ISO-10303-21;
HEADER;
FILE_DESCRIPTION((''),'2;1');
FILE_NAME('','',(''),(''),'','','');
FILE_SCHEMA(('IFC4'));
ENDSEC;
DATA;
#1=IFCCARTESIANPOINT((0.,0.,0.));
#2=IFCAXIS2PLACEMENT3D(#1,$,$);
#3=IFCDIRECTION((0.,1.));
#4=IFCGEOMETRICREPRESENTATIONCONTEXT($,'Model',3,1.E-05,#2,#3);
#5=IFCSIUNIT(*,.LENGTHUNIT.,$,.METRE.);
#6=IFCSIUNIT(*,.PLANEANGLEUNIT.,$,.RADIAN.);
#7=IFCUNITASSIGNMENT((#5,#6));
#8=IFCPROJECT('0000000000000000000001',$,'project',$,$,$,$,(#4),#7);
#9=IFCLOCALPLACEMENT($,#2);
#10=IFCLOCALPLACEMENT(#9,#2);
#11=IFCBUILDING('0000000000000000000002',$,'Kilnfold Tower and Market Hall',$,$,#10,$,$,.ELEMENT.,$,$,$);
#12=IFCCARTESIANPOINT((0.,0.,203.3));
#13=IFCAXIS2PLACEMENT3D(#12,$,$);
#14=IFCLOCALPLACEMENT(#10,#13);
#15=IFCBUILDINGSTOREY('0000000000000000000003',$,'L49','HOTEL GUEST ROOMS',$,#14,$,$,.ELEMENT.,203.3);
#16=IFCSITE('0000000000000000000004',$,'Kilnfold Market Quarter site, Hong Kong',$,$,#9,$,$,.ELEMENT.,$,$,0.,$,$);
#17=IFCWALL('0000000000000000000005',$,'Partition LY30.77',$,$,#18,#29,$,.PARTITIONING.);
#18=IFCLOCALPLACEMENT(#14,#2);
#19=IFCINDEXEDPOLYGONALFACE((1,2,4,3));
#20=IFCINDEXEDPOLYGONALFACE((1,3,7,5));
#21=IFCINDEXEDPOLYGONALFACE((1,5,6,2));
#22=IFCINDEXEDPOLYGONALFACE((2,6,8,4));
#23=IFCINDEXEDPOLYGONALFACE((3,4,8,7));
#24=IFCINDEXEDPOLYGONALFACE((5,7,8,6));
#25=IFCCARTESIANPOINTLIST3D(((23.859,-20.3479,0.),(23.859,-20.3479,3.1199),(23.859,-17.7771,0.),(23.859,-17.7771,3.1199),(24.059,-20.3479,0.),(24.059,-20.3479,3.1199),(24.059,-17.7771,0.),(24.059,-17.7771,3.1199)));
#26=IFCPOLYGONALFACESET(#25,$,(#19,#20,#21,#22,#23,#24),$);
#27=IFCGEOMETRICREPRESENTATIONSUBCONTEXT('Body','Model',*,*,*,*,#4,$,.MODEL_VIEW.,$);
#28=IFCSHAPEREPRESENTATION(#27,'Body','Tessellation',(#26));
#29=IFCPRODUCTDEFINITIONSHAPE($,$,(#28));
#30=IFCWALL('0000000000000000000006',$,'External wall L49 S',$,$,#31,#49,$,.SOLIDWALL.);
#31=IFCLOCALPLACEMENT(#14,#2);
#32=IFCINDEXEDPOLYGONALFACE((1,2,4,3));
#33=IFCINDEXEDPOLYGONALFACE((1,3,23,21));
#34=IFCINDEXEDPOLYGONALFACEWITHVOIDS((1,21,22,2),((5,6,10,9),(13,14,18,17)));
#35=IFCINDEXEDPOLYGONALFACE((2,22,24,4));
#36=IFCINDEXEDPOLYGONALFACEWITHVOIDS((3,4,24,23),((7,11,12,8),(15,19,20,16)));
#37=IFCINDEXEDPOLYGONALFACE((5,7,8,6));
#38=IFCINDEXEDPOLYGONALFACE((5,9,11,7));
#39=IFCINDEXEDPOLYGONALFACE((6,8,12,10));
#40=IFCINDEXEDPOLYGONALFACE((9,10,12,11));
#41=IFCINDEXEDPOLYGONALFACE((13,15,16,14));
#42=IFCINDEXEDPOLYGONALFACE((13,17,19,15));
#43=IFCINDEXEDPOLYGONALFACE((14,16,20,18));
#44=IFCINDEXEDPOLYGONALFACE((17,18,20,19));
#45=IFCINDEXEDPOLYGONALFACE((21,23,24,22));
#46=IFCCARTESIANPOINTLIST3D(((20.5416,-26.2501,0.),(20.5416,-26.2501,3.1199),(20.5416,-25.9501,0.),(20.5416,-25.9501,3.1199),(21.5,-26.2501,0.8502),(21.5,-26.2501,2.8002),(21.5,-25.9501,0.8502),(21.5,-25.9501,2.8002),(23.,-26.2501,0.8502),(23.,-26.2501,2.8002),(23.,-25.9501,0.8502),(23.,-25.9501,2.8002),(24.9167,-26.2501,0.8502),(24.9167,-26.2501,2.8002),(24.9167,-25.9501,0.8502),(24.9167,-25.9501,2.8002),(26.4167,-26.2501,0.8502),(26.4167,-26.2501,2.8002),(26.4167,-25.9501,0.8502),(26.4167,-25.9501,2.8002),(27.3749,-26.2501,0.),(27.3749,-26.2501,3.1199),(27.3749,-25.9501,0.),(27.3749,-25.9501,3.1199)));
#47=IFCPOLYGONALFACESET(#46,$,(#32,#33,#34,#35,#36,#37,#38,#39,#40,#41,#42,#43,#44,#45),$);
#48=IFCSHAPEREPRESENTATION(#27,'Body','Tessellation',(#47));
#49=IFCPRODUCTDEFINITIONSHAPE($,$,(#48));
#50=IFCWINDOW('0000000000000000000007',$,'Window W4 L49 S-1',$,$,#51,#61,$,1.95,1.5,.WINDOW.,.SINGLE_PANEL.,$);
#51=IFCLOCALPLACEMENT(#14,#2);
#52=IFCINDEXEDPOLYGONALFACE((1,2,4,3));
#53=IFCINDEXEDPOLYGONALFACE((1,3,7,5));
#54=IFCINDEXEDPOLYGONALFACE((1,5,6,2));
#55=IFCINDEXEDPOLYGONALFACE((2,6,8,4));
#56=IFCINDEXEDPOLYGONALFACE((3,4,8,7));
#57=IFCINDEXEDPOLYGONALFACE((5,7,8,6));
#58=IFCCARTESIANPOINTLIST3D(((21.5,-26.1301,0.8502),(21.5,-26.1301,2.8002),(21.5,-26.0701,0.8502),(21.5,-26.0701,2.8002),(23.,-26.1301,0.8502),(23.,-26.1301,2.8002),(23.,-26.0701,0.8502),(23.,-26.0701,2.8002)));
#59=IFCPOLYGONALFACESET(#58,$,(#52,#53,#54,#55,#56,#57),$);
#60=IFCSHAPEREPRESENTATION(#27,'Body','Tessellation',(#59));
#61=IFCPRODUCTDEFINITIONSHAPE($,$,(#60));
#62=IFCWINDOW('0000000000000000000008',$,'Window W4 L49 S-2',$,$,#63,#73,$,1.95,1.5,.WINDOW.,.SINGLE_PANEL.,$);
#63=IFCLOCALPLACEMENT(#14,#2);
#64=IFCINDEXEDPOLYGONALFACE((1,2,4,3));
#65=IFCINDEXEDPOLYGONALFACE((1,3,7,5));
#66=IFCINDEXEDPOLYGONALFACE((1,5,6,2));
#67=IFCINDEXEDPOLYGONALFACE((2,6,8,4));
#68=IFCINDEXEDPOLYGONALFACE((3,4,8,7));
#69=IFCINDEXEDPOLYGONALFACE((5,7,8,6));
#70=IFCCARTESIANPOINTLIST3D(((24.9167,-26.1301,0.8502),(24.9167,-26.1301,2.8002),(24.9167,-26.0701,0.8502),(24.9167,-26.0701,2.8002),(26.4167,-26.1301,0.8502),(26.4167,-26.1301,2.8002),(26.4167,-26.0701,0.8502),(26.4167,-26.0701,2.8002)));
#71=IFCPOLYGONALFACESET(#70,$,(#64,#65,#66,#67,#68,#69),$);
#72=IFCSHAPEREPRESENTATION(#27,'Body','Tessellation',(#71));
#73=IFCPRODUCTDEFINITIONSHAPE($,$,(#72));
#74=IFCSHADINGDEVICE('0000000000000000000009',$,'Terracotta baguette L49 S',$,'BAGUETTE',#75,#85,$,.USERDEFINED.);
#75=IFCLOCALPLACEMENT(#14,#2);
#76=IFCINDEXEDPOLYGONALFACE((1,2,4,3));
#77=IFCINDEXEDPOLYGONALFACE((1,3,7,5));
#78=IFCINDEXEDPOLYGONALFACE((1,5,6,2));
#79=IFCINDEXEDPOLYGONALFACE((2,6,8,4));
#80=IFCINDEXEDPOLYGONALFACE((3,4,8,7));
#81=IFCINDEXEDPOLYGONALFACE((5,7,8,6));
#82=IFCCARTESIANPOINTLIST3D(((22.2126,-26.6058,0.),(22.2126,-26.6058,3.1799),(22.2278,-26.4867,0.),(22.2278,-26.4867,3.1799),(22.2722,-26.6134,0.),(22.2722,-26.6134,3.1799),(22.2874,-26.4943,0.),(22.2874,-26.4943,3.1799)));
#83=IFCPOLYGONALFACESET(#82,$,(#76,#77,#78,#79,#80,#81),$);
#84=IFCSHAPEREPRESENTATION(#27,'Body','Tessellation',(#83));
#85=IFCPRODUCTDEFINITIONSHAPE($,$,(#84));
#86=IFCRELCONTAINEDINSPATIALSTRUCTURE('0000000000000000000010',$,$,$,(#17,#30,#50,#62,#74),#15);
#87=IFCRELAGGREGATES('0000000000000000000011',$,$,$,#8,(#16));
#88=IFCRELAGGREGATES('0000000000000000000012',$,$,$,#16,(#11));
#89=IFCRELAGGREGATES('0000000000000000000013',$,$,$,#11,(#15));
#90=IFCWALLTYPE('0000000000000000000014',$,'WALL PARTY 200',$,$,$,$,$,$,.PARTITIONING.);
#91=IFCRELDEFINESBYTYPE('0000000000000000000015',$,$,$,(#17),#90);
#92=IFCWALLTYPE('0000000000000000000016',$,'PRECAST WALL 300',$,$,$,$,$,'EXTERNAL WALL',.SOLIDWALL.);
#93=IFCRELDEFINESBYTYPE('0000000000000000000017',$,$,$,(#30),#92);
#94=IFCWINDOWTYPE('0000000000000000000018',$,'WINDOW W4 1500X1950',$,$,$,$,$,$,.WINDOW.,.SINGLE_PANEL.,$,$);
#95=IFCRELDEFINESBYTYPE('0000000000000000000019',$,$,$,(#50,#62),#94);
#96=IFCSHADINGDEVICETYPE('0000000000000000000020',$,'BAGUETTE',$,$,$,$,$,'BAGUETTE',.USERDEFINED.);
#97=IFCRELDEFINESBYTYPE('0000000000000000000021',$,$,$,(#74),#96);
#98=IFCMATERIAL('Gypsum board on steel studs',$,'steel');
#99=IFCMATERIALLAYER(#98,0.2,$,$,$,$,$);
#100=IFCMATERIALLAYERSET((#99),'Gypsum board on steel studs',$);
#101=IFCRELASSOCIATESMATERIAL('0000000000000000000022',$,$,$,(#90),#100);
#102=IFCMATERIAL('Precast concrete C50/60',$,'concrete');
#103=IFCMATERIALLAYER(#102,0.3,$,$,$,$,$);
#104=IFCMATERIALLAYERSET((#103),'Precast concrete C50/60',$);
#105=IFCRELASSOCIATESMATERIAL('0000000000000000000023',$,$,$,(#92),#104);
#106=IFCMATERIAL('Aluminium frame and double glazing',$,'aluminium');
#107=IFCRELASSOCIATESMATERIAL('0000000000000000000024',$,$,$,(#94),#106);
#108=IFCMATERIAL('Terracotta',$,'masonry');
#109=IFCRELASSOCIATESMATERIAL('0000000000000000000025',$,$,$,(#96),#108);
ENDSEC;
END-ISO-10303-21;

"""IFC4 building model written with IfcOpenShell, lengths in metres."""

from ifc_helpers import new_model, si_unit, direction, frame, frame_2d, origin, origin_2d, place, context, subcontext, project, spatial, rectangle, extrude, source, transform, mapped, material, layer, layer_set, material_profile, profile_set, type_object, element, fill, save


model = new_model("IFC4")

# Units and contexts
model_context = context("Model", 3, precision=1e-05, world=origin(), true_north=direction((0.0, 1.0)))
body_context = subcontext(model_context, "Body", "Model", "MODEL_VIEW")
ifc_project = project(units=[si_unit("LENGTHUNIT", "METRE"), si_unit("PLANEANGLEUNIT", "RADIAN")], contexts=[model_context])

# Site, building, storey
site_placement = place(None, origin())
site = spatial("IfcSite", under=ifc_project, at=site_placement, Name="Kilnfold Market Quarter site, Hong Kong", CompositionType="ELEMENT", RefElevation=0.0)
building_placement = place(site_placement, origin())
building = spatial("IfcBuilding", under=site, at=building_placement, Name="Kilnfold Tower and Market Hall", CompositionType="ELEMENT")
storey_placement = place(building_placement, frame((0.0, 0.0, 203.3)))
storey = spatial("IfcBuildingStorey", under=building, at=storey_placement, Name="L49", Description="HOTEL GUEST ROOMS", CompositionType="ELEMENT", Elevation=203.3)

# Wall
ifc_material_1 = material(Name="Gypsum board on steel studs", Category="steel")
ifc_layer_1 = layer(ifc_material_1, 0.2)
ifc_layer_set_1 = layer_set([ifc_layer_1], Name="Gypsum board on steel studs")
wall_type_1 = type_object("IfcWallType", Name="WALL PARTY 200", PredefinedType="PARTITIONING", material=ifc_layer_set_1)
wall_1_placement = place(storey_placement, frame((23.959, -20.3479, 0.0), z_axis=(0.0, 0.0, 1.0), x_axis=(0.0, 1.0, 0.0)))
element("IfcWall", 1, at=wall_1_placement, inside=storey, type_object=wall_type_1, Name="Partition LY30.77", PredefinedType="PARTITIONING", context=body_context, shape_type="SweptSolid", body=[
    extrude(rectangle(XDim=2.5708, YDim=0.2, at=frame_2d((1.2854, 0.0))), origin(), (0.0, 0.0, 1.0), 3.1199),
])

# Wall, openings, windows
ifc_material_2 = material(Name="Precast concrete C50/60", Category="concrete")
ifc_layer_2 = layer(ifc_material_2, 0.3)
ifc_layer_set_2 = layer_set([ifc_layer_2], Name="Precast concrete C50/60")
wall_type_2 = type_object("IfcWallType", Name="PRECAST WALL 300", ElementType="EXTERNAL WALL", PredefinedType="SOLIDWALL", material=ifc_layer_set_2)
shared_shape_1 = source(origin(), body_context, "Body", "SweptSolid", [
    extrude(rectangle(XDim=6.8333, YDim=0.3, at=frame_2d((3.4165, 0.0))), origin(), (0.0, 0.0, 1.0), 3.1199),
])
wall_2_placement = place(storey_placement, frame((20.5417, -26.1001, 0.0), z_axis=(0.0, 0.0, 1.0), x_axis=(1.0, 0.0, 0.0)))
wall_2 = element("IfcWall", 2, at=wall_2_placement, inside=storey, type_object=wall_type_2, Name="External wall L49 S", PredefinedType="SOLIDWALL", context=body_context, shape_type="MappedRepresentation", body=[
    mapped(shared_shape_1, transform((0.0, 0.0, 0.0))),
])
opening_1_placement = place(wall_2_placement, frame((0.9583, 0.0, 0.8501)))
opening_1 = element("IfcOpeningElement", 3, at=opening_1_placement, cuts=wall_2, PredefinedType="OPENING", context=body_context, shape_type="SweptSolid", body=[
    extrude(rectangle(XDim=1.5, YDim=1.95, at=frame_2d((0.75, 0.9751))), frame((0.0, 0.1602, 0.0), z_axis=(0.0, -1.0, 0.0), x_axis=(1.0, 0.0, 0.0)), (0.0, 0.0, 1.0), 0.3201),
])
opening_2_placement = place(wall_2_placement, frame((4.375, 0.0, 0.8501)))
opening_2 = element("IfcOpeningElement", 4, at=opening_2_placement, cuts=wall_2, PredefinedType="OPENING", context=body_context, shape_type="SweptSolid", body=[
    extrude(rectangle(XDim=1.5, YDim=1.95, at=frame_2d((0.75, 0.9751))), frame((0.0, 0.1602, 0.0), z_axis=(0.0, -1.0, 0.0), x_axis=(1.0, 0.0, 0.0)), (0.0, 0.0, 1.0), 0.3201),
])
ifc_material_3 = material(Name="Aluminium frame and double glazing", Category="aluminium")
window_type = type_object("IfcWindowType", Name="WINDOW W4 1500X1950", PartitioningType="SINGLE_PANEL", PredefinedType="WINDOW", material=ifc_material_3)
window_1_placement = place(opening_1_placement, origin())
window_1 = element("IfcWindow", 5, at=window_1_placement, inside=storey, type_object=window_type, Name="Window W4 L49 S-1", OverallHeight=1.95, OverallWidth=1.5, PartitioningType="SINGLE_PANEL", PredefinedType="WINDOW", context=body_context, shape_type="SweptSolid", body=[
    extrude(rectangle(XDim=1.5, YDim=1.95, at=frame_2d((0.75, 0.9751))), frame((0.0, 0.03, 0.0), z_axis=(0.0, -1.0, 0.0), x_axis=(1.0, 0.0, 0.0)), (0.0, 0.0, 1.0), 0.0601),
])
fill(opening_1, window_1)
window_2_placement = place(opening_2_placement, origin())
window_2 = element("IfcWindow", 6, at=window_2_placement, inside=storey, type_object=window_type, Name="Window W4 L49 S-2", OverallHeight=1.95, OverallWidth=1.5, PartitioningType="SINGLE_PANEL", PredefinedType="WINDOW", context=body_context, shape_type="SweptSolid", body=[
    extrude(rectangle(XDim=1.5, YDim=1.95, at=frame_2d((0.75, 0.9751))), frame((0.0, 0.03, 0.0), z_axis=(0.0, -1.0, 0.0), x_axis=(1.0, 0.0, 0.0)), (0.0, 0.0, 1.0), 0.0601),
])
fill(opening_2, window_2)

# Shading device
ifc_material_4 = material(Name="Terracotta", Category="masonry")
ifc_material_profile_1 = material_profile(ifc_material_4, rectangle(XDim=0.0601, YDim=0.1201, at=origin_2d()), Name="BAG 60x120")
ifc_profile_set_1 = profile_set([ifc_material_profile_1], Name="Terracotta")
shading_device_type = type_object("IfcShadingDeviceType", Name="BAGUETTE", ElementType="BAGUETTE", PredefinedType="USERDEFINED", material=ifc_profile_set_1)
shared_shape_2 = source(origin(), body_context, "Body", "SweptSolid", [
    extrude(rectangle(XDim=0.0601, YDim=0.1201, at=origin_2d()), origin(), (0.0, 0.0, 1.0), 3.1799),
])
shading_device_placement = place(storey_placement, frame((22.25, -26.55, 0.0), z_axis=(0.0, 0.0, 1.0), x_axis=(0.992023, -0.126055, 0.0)))
element("IfcShadingDevice", 7, at=shading_device_placement, inside=storey, type_object=shading_device_type, Name="Terracotta baguette L49 S", ObjectType="BAGUETTE", PredefinedType="USERDEFINED", context=body_context, shape_type="MappedRepresentation", body=[
    mapped(shared_shape_2, transform((0.0, 0.0, 0.0))),
])

save(model, "model.ifc")
